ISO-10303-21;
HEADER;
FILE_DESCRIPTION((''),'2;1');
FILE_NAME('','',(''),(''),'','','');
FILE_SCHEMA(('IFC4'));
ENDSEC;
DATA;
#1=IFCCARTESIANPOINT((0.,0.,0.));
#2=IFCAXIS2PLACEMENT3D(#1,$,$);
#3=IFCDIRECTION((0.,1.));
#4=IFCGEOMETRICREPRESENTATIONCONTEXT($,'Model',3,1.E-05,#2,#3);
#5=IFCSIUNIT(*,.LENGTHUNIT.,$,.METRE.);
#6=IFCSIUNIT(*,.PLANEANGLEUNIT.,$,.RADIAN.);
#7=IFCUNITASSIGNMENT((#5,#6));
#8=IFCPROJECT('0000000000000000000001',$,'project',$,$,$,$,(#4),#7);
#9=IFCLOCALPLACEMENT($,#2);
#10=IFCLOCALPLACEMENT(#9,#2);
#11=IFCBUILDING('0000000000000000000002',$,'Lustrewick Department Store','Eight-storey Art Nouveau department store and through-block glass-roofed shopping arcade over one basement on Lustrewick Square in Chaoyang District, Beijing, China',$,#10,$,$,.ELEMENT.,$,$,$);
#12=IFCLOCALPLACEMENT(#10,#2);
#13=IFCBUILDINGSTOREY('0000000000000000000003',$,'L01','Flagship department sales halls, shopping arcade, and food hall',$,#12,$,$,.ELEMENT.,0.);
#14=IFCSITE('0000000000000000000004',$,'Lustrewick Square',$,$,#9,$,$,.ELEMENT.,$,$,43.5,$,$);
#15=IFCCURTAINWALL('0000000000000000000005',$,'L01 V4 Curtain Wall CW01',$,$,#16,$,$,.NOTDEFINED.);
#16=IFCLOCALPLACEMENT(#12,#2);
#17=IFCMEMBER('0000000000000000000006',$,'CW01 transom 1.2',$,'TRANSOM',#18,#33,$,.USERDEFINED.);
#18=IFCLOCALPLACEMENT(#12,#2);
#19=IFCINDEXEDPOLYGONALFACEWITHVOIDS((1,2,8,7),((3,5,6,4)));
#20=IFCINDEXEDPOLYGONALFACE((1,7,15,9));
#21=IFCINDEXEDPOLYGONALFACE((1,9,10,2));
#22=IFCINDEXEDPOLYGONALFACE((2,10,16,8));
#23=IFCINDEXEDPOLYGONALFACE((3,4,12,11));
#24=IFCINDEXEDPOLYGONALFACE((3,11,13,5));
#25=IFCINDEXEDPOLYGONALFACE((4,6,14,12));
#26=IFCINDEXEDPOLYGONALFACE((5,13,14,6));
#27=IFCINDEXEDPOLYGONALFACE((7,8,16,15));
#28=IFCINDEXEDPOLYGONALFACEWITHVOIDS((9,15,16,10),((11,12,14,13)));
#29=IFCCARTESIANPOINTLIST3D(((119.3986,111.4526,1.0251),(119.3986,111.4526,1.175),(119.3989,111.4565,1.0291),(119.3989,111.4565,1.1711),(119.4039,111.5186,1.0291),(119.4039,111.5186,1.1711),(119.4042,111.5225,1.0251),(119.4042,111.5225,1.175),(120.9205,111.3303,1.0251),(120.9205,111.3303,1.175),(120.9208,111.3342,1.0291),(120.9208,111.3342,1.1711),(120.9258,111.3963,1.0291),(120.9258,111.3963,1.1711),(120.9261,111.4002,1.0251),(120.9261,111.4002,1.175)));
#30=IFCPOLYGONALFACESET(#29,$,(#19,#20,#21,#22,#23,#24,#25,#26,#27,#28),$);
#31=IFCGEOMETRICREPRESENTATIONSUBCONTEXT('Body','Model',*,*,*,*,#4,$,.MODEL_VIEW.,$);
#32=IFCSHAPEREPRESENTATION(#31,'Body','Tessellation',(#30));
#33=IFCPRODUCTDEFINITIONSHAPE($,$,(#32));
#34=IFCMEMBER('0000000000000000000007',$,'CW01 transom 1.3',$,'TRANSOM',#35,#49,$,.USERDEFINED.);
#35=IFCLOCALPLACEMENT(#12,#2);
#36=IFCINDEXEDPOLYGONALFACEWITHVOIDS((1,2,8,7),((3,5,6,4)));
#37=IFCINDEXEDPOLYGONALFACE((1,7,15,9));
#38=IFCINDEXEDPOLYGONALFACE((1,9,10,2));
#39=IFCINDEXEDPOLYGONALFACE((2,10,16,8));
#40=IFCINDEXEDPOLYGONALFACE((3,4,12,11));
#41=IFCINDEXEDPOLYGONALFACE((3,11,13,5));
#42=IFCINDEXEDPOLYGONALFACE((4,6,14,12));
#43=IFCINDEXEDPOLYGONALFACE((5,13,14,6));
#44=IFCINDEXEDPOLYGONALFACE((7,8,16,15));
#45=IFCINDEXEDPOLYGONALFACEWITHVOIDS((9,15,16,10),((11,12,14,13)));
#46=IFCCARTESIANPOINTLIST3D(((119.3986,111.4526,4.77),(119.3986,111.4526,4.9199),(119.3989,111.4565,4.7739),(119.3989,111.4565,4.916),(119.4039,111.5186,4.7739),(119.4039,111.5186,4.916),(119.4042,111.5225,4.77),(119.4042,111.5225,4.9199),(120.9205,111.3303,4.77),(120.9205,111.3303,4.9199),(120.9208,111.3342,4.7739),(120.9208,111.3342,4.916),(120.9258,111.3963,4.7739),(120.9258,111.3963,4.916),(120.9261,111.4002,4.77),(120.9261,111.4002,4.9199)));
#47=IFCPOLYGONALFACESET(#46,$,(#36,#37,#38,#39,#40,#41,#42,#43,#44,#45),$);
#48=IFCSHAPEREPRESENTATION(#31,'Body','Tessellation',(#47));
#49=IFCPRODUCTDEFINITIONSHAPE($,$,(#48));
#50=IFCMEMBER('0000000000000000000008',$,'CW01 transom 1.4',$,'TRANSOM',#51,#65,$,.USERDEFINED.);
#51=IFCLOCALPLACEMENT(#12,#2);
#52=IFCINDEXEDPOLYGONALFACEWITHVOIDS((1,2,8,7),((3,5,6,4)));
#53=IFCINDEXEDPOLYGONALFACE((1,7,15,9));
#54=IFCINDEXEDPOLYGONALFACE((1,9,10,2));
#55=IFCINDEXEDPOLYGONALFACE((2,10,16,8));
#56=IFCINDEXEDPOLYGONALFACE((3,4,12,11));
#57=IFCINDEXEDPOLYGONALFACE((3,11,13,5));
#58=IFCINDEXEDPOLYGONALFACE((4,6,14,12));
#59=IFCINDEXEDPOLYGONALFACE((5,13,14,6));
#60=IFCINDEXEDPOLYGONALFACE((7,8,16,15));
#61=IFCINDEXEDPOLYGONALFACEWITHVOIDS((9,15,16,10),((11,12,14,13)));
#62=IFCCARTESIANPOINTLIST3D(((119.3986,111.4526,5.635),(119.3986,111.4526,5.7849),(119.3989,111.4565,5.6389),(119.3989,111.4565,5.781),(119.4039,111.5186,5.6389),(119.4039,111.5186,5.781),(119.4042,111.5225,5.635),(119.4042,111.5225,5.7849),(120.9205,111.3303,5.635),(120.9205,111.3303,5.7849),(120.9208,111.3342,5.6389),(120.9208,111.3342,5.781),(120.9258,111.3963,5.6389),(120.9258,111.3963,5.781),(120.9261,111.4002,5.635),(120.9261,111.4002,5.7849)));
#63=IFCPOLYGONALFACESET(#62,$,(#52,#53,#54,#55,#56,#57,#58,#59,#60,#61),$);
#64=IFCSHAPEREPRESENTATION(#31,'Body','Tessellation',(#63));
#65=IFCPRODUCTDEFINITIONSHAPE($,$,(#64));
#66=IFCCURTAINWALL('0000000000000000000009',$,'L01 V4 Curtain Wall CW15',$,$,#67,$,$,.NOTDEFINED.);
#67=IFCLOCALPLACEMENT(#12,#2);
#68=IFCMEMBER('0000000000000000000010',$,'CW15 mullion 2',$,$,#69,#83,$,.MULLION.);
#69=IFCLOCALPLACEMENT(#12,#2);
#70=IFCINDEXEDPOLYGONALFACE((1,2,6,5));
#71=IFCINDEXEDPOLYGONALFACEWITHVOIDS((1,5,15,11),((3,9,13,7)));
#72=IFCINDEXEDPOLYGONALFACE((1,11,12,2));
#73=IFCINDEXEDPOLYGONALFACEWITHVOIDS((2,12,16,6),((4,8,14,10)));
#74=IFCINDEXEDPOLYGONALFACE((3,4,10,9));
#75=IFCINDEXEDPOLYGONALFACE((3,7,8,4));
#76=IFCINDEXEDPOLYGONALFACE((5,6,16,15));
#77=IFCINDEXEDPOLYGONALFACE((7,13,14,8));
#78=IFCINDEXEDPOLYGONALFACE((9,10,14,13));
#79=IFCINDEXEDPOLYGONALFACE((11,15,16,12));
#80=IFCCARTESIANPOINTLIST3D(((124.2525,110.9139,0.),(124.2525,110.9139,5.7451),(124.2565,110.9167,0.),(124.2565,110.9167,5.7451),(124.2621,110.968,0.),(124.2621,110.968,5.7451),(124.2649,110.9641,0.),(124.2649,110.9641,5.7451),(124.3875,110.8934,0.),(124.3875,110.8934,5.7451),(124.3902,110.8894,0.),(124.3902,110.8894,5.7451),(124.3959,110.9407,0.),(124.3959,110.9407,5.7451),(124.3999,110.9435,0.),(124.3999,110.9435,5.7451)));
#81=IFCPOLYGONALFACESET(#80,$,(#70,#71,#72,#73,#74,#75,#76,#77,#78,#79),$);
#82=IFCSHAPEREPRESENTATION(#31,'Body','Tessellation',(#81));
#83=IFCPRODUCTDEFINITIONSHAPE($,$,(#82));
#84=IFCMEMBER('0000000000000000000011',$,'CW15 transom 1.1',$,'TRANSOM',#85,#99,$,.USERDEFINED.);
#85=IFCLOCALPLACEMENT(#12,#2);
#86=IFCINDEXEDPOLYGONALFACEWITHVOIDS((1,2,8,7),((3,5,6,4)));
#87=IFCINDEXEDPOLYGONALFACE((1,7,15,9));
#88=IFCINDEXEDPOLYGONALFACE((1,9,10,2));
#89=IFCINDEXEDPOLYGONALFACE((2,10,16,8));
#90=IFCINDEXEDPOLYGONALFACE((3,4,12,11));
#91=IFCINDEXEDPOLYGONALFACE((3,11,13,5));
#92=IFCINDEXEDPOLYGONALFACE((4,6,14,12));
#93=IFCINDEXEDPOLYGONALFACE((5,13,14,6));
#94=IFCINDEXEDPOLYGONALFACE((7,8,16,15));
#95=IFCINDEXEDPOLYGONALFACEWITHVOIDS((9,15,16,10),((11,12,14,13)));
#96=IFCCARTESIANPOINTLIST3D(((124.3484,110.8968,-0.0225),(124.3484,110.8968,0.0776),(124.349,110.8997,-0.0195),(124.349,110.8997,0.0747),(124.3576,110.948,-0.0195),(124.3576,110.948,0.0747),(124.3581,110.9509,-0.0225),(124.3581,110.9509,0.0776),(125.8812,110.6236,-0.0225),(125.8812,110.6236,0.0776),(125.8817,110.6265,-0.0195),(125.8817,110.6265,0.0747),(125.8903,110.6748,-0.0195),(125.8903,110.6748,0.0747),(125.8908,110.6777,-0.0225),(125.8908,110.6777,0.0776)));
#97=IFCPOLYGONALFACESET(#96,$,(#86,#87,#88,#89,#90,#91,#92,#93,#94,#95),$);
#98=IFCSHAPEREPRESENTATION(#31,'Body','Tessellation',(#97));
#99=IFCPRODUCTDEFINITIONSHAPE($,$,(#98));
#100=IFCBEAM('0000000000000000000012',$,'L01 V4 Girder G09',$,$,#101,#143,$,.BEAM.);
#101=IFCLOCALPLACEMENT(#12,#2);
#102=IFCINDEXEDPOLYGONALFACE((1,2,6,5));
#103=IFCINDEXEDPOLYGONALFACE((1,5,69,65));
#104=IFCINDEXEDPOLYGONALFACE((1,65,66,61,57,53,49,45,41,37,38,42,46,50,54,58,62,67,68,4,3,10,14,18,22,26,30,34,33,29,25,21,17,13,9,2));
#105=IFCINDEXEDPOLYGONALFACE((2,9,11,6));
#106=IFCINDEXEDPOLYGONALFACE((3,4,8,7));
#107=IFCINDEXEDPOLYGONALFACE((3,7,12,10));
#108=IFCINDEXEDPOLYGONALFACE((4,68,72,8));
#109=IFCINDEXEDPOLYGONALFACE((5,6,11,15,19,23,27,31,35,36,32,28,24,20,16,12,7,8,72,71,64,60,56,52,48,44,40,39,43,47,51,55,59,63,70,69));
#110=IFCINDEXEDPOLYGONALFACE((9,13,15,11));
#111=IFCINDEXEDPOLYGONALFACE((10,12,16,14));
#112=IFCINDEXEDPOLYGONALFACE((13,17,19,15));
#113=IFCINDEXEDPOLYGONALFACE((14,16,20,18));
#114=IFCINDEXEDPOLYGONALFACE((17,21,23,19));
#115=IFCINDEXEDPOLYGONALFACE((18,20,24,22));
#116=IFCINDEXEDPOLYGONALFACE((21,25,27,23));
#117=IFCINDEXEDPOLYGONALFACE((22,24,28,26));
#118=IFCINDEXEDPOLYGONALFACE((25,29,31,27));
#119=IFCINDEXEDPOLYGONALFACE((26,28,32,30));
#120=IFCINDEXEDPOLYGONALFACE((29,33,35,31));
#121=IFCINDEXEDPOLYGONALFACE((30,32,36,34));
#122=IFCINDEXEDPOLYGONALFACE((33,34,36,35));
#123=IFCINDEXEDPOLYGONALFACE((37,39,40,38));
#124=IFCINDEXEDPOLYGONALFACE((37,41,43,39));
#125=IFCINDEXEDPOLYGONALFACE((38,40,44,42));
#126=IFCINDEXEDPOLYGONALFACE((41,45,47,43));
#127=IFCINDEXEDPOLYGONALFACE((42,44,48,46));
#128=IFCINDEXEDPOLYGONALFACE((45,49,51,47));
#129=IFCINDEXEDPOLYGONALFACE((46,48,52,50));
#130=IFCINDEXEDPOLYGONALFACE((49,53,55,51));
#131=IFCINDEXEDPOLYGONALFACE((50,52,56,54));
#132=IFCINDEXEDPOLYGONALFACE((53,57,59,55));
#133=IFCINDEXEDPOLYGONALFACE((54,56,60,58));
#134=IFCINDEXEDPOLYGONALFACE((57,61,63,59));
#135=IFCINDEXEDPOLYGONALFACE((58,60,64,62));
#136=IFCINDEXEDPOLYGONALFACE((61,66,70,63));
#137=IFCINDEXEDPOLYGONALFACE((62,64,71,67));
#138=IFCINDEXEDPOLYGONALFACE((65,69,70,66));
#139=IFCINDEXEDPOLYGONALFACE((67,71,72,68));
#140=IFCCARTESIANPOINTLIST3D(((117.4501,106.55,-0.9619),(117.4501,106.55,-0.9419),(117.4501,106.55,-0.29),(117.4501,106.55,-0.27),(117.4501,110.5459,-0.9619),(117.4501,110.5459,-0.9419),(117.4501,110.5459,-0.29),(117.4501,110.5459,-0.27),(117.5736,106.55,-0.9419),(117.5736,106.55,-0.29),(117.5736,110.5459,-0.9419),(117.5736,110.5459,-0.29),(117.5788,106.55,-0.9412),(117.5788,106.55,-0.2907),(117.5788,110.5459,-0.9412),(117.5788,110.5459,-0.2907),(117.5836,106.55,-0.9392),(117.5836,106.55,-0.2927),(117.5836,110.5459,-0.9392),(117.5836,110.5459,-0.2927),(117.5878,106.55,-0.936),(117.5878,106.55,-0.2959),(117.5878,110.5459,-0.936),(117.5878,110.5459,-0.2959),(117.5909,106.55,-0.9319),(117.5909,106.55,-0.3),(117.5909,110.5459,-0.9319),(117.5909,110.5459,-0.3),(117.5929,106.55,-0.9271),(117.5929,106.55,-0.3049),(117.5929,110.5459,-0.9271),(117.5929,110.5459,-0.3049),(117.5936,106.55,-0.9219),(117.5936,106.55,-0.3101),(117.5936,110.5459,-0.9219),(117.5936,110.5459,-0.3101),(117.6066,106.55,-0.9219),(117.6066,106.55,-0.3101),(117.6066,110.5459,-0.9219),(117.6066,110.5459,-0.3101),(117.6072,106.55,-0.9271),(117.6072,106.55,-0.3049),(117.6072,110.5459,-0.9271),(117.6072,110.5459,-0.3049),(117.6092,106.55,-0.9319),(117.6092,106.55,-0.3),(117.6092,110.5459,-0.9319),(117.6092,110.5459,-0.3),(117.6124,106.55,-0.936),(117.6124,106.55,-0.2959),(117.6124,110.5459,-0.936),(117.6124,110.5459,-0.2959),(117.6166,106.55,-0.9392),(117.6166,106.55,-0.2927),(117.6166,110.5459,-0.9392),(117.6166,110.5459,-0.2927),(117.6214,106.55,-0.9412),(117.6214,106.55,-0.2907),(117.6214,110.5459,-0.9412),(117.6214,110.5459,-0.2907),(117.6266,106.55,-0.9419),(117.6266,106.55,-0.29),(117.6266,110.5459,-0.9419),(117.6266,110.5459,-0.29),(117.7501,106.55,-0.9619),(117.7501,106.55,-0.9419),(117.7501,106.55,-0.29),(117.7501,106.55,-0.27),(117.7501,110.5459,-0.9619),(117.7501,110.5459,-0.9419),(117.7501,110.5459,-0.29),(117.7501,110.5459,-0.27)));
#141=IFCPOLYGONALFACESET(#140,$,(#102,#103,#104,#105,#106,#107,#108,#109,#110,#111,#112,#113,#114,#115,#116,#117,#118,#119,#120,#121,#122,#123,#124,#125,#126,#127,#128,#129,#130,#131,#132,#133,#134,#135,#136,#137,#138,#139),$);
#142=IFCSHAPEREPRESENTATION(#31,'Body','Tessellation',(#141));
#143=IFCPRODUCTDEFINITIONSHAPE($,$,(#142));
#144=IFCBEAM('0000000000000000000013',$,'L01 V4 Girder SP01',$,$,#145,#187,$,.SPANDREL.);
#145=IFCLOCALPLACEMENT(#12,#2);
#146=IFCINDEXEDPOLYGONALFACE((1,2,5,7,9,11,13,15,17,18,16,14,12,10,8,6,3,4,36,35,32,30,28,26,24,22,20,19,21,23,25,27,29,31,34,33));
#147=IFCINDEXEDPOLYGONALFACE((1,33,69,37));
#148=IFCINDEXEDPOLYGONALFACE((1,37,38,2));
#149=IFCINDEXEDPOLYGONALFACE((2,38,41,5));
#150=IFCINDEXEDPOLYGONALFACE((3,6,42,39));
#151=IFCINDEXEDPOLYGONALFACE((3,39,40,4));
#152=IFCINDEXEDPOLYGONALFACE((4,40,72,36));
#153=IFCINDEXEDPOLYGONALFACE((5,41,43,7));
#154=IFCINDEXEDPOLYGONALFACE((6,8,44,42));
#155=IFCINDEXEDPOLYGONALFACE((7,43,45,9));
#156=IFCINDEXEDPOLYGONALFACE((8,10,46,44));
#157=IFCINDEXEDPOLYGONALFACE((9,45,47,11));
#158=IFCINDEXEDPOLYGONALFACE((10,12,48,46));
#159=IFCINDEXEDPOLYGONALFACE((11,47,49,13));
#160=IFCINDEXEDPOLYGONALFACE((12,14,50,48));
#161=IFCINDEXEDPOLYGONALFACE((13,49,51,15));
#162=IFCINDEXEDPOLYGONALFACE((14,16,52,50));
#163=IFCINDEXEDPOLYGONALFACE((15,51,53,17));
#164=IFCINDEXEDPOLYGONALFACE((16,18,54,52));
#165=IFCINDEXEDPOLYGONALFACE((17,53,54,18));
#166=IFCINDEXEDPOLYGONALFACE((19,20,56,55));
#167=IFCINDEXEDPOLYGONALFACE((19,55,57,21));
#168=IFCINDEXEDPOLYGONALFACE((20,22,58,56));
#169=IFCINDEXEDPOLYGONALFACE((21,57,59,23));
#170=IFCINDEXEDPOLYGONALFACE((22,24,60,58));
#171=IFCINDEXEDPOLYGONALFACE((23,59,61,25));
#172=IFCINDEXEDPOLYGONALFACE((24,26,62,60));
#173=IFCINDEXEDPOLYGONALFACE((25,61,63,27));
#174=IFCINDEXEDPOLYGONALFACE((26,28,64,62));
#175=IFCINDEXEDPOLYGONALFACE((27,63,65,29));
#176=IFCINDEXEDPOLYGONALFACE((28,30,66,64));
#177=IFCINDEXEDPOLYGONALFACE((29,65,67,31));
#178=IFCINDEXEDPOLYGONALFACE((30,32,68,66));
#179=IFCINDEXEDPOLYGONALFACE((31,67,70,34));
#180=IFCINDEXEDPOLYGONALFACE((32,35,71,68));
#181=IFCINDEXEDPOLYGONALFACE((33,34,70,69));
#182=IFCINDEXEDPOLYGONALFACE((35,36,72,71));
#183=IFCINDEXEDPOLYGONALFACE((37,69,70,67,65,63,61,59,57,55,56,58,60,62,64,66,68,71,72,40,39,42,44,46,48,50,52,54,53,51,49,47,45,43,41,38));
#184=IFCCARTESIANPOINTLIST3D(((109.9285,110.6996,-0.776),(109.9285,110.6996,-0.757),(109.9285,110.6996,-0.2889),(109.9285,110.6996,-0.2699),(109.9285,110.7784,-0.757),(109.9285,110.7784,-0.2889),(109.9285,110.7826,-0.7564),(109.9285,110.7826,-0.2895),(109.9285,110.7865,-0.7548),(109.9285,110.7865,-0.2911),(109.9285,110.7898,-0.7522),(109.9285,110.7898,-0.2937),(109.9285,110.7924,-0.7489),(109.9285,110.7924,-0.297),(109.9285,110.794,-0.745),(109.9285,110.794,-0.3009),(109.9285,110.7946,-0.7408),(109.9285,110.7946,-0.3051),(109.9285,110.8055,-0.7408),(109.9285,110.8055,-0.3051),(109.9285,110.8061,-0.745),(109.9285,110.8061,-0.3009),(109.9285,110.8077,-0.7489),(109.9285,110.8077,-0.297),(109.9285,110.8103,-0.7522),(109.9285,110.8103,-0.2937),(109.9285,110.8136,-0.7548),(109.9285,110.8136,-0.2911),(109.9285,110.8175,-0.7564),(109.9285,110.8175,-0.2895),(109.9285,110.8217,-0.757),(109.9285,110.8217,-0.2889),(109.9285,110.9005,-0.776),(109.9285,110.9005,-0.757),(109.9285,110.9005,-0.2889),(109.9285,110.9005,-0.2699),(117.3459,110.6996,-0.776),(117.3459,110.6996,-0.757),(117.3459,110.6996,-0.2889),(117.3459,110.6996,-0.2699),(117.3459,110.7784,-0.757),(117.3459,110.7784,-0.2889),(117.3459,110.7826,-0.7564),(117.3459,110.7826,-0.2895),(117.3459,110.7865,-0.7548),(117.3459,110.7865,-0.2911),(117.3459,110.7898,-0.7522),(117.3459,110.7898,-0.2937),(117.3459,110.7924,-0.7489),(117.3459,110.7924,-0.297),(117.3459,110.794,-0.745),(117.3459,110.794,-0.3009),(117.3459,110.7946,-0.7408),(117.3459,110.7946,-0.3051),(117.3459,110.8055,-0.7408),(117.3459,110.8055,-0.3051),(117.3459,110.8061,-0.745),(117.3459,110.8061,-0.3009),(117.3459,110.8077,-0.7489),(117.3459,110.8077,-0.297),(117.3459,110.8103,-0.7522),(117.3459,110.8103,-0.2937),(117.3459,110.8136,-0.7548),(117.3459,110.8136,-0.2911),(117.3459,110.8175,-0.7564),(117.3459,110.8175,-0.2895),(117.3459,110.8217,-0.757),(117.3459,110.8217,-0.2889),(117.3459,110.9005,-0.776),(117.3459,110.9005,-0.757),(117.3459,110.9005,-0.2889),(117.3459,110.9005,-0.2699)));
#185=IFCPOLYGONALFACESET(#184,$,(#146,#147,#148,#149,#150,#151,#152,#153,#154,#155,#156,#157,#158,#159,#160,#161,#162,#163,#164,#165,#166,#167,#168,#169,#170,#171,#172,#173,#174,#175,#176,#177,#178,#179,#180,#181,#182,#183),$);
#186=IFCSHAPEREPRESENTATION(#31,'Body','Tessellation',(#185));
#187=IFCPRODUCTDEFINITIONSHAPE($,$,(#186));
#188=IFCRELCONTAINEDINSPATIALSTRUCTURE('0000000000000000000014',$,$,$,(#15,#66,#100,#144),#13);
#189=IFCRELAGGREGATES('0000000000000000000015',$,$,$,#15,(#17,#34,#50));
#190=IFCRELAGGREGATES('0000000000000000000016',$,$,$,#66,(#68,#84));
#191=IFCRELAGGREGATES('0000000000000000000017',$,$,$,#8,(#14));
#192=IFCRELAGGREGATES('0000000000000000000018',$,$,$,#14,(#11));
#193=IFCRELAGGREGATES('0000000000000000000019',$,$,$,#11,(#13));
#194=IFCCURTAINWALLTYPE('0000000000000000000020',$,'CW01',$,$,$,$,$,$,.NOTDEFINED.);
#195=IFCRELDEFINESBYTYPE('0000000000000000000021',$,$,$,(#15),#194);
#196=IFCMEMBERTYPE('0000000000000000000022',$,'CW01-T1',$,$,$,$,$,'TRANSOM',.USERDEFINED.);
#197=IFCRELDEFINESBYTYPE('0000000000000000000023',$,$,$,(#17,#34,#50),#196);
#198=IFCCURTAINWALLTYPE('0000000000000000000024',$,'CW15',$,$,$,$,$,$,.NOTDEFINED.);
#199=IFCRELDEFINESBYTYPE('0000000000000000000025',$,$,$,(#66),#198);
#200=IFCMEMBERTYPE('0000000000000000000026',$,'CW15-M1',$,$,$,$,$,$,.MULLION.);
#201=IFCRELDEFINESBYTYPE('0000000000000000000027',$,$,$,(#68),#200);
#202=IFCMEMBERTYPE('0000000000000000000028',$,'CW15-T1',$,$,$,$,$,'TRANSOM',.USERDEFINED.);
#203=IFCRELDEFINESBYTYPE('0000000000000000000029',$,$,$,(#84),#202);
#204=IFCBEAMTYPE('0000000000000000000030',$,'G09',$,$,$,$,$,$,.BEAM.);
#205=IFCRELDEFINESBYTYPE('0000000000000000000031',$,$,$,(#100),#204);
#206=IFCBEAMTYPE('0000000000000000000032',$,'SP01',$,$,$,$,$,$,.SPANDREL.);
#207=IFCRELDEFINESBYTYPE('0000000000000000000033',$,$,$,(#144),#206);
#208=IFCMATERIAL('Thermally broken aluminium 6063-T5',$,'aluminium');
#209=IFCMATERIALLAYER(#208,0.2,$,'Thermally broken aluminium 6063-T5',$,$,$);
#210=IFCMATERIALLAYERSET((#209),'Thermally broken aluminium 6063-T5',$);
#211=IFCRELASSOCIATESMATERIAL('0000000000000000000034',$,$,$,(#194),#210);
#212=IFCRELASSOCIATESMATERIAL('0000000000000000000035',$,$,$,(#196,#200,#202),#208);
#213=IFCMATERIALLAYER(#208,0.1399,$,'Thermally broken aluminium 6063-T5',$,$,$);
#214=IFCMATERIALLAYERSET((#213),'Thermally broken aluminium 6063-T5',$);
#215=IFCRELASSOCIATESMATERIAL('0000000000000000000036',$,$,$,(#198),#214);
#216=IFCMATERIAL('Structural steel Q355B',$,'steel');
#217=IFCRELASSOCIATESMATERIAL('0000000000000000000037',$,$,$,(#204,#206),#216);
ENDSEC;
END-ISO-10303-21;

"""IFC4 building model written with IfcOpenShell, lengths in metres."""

from ifc_helpers import new_model, si_unit, direction, frame, origin, origin_2d, place, context, subcontext, project, spatial, hollow_rectangle, i_section, extrude, material, layer, layer_set, material_profile, profile_set, type_object, element, aggregate, save


model = new_model("IFC4")

# Units and contexts
model_context = context("Model", 3, precision=1e-05, world=origin(), true_north=direction((0.0, 1.0)))
body_context = subcontext(model_context, "Body", "Model", "MODEL_VIEW")
ifc_project = project(units=[si_unit("LENGTHUNIT", "METRE"), si_unit("PLANEANGLEUNIT", "RADIAN")], contexts=[model_context])

# Site, building, storey
site_placement = place(None, origin())
site = spatial("IfcSite", under=ifc_project, at=site_placement, Name="Lustrewick Square", CompositionType="ELEMENT", RefElevation=43.5)
building_placement = place(site_placement, origin())
building = spatial("IfcBuilding", under=site, at=building_placement, Name="Lustrewick Department Store", Description="Eight-storey Art Nouveau department store and through-block glass-roofed shopping arcade over one basement on Lustrewick Square in Chaoyang District, Beijing, China", CompositionType="ELEMENT")
storey_placement = place(building_placement, origin())
storey = spatial("IfcBuildingStorey", under=building, at=storey_placement, Name="L01", Description="Flagship department sales halls, shopping arcade, and food hall", CompositionType="ELEMENT", Elevation=0.0)

# Curtain walls, members
ifc_material_1 = material(Name="Thermally broken aluminium 6063-T5", Category="aluminium")
ifc_layer_1 = layer(ifc_material_1, 0.2, Name="Thermally broken aluminium 6063-T5")
ifc_layer_set_1 = layer_set([ifc_layer_1], Name="Thermally broken aluminium 6063-T5")
curtain_wall_type_1 = type_object("IfcCurtainWallType", Name="CW01", PredefinedType="NOTDEFINED", material=ifc_layer_set_1)
curtain_wall_1_placement = place(storey_placement, origin())
curtain_wall_1 = element("IfcCurtainWall", 1, at=curtain_wall_1_placement, inside=storey, type_object=curtain_wall_type_1, Name="L01 V4 Curtain Wall CW01", PredefinedType="NOTDEFINED")
ifc_material_profile_1 = material_profile(ifc_material_1, hollow_rectangle(XDim=0.0701, YDim=0.1499, WallThickness=0.0039, at=origin_2d()), Name="ALU-T 70x150x4")
ifc_profile_set_1 = profile_set([ifc_material_profile_1], Name="Thermally broken aluminium 6063-T5")
member_type_1 = type_object("IfcMemberType", Name="CW01-T1", ElementType="TRANSOM", PredefinedType="USERDEFINED", material=ifc_profile_set_1)
member_1_placement = place(storey_placement, frame((120.9233, 111.3652, 1.1001), z_axis=(-0.996786, 0.080107, 0.0), x_axis=(-0.080107, -0.996786, 0.0)))
member_1 = element("IfcMember", 2, at=member_1_placement, type_object=member_type_1, Name="CW01 transom 1.2", ObjectType="TRANSOM", PredefinedType="USERDEFINED", context=body_context, shape_type="SweptSolid", body=[
    extrude(hollow_rectangle(XDim=0.0701, YDim=0.1499, WallThickness=0.0039, at=origin_2d()), origin(), (0.0, 0.0, 1.0), 1.5269),
])
member_2_placement = place(storey_placement, frame((120.9233, 111.3652, 4.845), z_axis=(-0.996786, 0.080107, 0.0), x_axis=(-0.080107, -0.996786, 0.0)))
member_2 = element("IfcMember", 3, at=member_2_placement, type_object=member_type_1, Name="CW01 transom 1.3", ObjectType="TRANSOM", PredefinedType="USERDEFINED", context=body_context, shape_type="SweptSolid", body=[
    extrude(hollow_rectangle(XDim=0.0701, YDim=0.1499, WallThickness=0.0039, at=origin_2d()), origin(), (0.0, 0.0, 1.0), 1.5269),
])
member_3_placement = place(storey_placement, frame((120.9233, 111.3652, 5.71), z_axis=(-0.996786, 0.080107, 0.0), x_axis=(-0.080107, -0.996786, 0.0)))
member_3 = element("IfcMember", 4, at=member_3_placement, type_object=member_type_1, Name="CW01 transom 1.4", ObjectType="TRANSOM", PredefinedType="USERDEFINED", context=body_context, shape_type="SweptSolid", body=[
    extrude(hollow_rectangle(XDim=0.0701, YDim=0.1499, WallThickness=0.0039, at=origin_2d()), origin(), (0.0, 0.0, 1.0), 1.5269),
])
ifc_layer_2 = layer(ifc_material_1, 0.1399, Name="Thermally broken aluminium 6063-T5")
ifc_layer_set_2 = layer_set([ifc_layer_2], Name="Thermally broken aluminium 6063-T5")
curtain_wall_type_2 = type_object("IfcCurtainWallType", Name="CW15", PredefinedType="NOTDEFINED", material=ifc_layer_set_2)
curtain_wall_2_placement = place(storey_placement, origin())
curtain_wall_2 = element("IfcCurtainWall", 5, at=curtain_wall_2_placement, inside=storey, type_object=curtain_wall_type_2, Name="L01 V4 Curtain Wall CW15", PredefinedType="NOTDEFINED")
ifc_material_profile_2 = material_profile(ifc_material_1, hollow_rectangle(XDim=0.0549, YDim=0.1399, WallThickness=0.0034, at=origin_2d()), Name="ALU-M 55x140x3.5")
ifc_profile_set_2 = profile_set([ifc_material_profile_2], Name="Thermally broken aluminium 6063-T5")
member_type_2 = type_object("IfcMemberType", Name="CW15-M1", PredefinedType="MULLION", material=ifc_profile_set_2)
member_4_placement = place(storey_placement, frame((124.3262, 110.9287, 0.0), z_axis=(0.0, 0.0, 1.0), x_axis=(-0.175421, -0.984494, 0.0)))
member_4 = element("IfcMember", 6, at=member_4_placement, type_object=member_type_2, Name="CW15 mullion 2", PredefinedType="MULLION", context=body_context, shape_type="SweptSolid", body=[
    extrude(hollow_rectangle(XDim=0.0549, YDim=0.1399, WallThickness=0.0034, at=origin_2d()), origin(), (0.0, 0.0, 1.0), 5.7451),
])
ifc_material_profile_3 = material_profile(ifc_material_1, hollow_rectangle(XDim=0.0549, YDim=0.1001, WallThickness=0.0029, at=origin_2d()), Name="ALU-T 55x100x3")
ifc_profile_set_3 = profile_set([ifc_material_profile_3], Name="Thermally broken aluminium 6063-T5")
member_type_3 = type_object("IfcMemberType", Name="CW15-T1", ElementType="TRANSOM", PredefinedType="USERDEFINED", material=ifc_profile_set_3)
member_5_placement = place(storey_placement, frame((125.886, 110.6506, 0.0276), z_axis=(-0.984484, 0.175476, 0.0), x_axis=(-0.175476, -0.984484, 0.0)))
member_5 = element("IfcMember", 7, at=member_5_placement, type_object=member_type_3, Name="CW15 transom 1.1", ObjectType="TRANSOM", PredefinedType="USERDEFINED", context=body_context, shape_type="SweptSolid", body=[
    extrude(hollow_rectangle(XDim=0.0549, YDim=0.1001, WallThickness=0.0029, at=origin_2d()), origin(), (0.0, 0.0, 1.0), 1.5569),
])

# Beams
ifc_material_2 = material(Name="Structural steel Q355B", Category="steel")
ifc_material_profile_4 = material_profile(ifc_material_2, i_section(OverallWidth=0.3, OverallDepth=0.6919, WebThickness=0.0129, FlangeThickness=0.02, FilletRadius=0.02, at=origin_2d()), Name="HN 692x300x13x20")
ifc_profile_set_4 = profile_set([ifc_material_profile_4], Name="Structural steel Q355B")
beam_type_1 = type_object("IfcBeamType", Name="G09", PredefinedType="BEAM", material=ifc_profile_set_4)
beam_1_placement = place(storey_placement, frame((117.6001, 106.55, -0.616), z_axis=(0.0, 1.0, 0.0), x_axis=(-1.0, 0.0, 0.0)))
element("IfcBeam", 8, at=beam_1_placement, inside=storey, type_object=beam_type_1, Name="L01 V4 Girder G09", PredefinedType="BEAM", context=body_context, shape_type="SweptSolid", body=[
    extrude(i_section(OverallWidth=0.3, OverallDepth=0.6919, WebThickness=0.0129, FlangeThickness=0.02, FilletRadius=0.02, at=origin_2d()), origin(), (0.0, 0.0, 1.0), 3.9958),
])
ifc_material_profile_5 = material_profile(ifc_material_2, i_section(OverallWidth=0.2009, OverallDepth=0.5061, WebThickness=0.011, FlangeThickness=0.019, FilletRadius=0.0161, at=origin_2d()), Name="HN 506x201x11x19")
ifc_profile_set_5 = profile_set([ifc_material_profile_5], Name="Structural steel Q355B")
beam_type_2 = type_object("IfcBeamType", Name="SP01", PredefinedType="SPANDREL", material=ifc_profile_set_5)
beam_2_placement = place(storey_placement, frame((109.9285, 110.8, -0.5229), z_axis=(1.0, 0.0, 0.0), x_axis=(0.0, 1.0, 0.0)))
element("IfcBeam", 9, at=beam_2_placement, inside=storey, type_object=beam_type_2, Name="L01 V4 Girder SP01", PredefinedType="SPANDREL", context=body_context, shape_type="SweptSolid", body=[
    extrude(i_section(OverallWidth=0.2009, OverallDepth=0.5061, WebThickness=0.011, FlangeThickness=0.019, FilletRadius=0.0161, at=origin_2d()), origin(), (0.0, 0.0, 1.0), 7.4175),
])

aggregate(curtain_wall_1, [member_1, member_2, member_3])
aggregate(curtain_wall_2, [member_4, member_5])

save(model, "model.ifc")
